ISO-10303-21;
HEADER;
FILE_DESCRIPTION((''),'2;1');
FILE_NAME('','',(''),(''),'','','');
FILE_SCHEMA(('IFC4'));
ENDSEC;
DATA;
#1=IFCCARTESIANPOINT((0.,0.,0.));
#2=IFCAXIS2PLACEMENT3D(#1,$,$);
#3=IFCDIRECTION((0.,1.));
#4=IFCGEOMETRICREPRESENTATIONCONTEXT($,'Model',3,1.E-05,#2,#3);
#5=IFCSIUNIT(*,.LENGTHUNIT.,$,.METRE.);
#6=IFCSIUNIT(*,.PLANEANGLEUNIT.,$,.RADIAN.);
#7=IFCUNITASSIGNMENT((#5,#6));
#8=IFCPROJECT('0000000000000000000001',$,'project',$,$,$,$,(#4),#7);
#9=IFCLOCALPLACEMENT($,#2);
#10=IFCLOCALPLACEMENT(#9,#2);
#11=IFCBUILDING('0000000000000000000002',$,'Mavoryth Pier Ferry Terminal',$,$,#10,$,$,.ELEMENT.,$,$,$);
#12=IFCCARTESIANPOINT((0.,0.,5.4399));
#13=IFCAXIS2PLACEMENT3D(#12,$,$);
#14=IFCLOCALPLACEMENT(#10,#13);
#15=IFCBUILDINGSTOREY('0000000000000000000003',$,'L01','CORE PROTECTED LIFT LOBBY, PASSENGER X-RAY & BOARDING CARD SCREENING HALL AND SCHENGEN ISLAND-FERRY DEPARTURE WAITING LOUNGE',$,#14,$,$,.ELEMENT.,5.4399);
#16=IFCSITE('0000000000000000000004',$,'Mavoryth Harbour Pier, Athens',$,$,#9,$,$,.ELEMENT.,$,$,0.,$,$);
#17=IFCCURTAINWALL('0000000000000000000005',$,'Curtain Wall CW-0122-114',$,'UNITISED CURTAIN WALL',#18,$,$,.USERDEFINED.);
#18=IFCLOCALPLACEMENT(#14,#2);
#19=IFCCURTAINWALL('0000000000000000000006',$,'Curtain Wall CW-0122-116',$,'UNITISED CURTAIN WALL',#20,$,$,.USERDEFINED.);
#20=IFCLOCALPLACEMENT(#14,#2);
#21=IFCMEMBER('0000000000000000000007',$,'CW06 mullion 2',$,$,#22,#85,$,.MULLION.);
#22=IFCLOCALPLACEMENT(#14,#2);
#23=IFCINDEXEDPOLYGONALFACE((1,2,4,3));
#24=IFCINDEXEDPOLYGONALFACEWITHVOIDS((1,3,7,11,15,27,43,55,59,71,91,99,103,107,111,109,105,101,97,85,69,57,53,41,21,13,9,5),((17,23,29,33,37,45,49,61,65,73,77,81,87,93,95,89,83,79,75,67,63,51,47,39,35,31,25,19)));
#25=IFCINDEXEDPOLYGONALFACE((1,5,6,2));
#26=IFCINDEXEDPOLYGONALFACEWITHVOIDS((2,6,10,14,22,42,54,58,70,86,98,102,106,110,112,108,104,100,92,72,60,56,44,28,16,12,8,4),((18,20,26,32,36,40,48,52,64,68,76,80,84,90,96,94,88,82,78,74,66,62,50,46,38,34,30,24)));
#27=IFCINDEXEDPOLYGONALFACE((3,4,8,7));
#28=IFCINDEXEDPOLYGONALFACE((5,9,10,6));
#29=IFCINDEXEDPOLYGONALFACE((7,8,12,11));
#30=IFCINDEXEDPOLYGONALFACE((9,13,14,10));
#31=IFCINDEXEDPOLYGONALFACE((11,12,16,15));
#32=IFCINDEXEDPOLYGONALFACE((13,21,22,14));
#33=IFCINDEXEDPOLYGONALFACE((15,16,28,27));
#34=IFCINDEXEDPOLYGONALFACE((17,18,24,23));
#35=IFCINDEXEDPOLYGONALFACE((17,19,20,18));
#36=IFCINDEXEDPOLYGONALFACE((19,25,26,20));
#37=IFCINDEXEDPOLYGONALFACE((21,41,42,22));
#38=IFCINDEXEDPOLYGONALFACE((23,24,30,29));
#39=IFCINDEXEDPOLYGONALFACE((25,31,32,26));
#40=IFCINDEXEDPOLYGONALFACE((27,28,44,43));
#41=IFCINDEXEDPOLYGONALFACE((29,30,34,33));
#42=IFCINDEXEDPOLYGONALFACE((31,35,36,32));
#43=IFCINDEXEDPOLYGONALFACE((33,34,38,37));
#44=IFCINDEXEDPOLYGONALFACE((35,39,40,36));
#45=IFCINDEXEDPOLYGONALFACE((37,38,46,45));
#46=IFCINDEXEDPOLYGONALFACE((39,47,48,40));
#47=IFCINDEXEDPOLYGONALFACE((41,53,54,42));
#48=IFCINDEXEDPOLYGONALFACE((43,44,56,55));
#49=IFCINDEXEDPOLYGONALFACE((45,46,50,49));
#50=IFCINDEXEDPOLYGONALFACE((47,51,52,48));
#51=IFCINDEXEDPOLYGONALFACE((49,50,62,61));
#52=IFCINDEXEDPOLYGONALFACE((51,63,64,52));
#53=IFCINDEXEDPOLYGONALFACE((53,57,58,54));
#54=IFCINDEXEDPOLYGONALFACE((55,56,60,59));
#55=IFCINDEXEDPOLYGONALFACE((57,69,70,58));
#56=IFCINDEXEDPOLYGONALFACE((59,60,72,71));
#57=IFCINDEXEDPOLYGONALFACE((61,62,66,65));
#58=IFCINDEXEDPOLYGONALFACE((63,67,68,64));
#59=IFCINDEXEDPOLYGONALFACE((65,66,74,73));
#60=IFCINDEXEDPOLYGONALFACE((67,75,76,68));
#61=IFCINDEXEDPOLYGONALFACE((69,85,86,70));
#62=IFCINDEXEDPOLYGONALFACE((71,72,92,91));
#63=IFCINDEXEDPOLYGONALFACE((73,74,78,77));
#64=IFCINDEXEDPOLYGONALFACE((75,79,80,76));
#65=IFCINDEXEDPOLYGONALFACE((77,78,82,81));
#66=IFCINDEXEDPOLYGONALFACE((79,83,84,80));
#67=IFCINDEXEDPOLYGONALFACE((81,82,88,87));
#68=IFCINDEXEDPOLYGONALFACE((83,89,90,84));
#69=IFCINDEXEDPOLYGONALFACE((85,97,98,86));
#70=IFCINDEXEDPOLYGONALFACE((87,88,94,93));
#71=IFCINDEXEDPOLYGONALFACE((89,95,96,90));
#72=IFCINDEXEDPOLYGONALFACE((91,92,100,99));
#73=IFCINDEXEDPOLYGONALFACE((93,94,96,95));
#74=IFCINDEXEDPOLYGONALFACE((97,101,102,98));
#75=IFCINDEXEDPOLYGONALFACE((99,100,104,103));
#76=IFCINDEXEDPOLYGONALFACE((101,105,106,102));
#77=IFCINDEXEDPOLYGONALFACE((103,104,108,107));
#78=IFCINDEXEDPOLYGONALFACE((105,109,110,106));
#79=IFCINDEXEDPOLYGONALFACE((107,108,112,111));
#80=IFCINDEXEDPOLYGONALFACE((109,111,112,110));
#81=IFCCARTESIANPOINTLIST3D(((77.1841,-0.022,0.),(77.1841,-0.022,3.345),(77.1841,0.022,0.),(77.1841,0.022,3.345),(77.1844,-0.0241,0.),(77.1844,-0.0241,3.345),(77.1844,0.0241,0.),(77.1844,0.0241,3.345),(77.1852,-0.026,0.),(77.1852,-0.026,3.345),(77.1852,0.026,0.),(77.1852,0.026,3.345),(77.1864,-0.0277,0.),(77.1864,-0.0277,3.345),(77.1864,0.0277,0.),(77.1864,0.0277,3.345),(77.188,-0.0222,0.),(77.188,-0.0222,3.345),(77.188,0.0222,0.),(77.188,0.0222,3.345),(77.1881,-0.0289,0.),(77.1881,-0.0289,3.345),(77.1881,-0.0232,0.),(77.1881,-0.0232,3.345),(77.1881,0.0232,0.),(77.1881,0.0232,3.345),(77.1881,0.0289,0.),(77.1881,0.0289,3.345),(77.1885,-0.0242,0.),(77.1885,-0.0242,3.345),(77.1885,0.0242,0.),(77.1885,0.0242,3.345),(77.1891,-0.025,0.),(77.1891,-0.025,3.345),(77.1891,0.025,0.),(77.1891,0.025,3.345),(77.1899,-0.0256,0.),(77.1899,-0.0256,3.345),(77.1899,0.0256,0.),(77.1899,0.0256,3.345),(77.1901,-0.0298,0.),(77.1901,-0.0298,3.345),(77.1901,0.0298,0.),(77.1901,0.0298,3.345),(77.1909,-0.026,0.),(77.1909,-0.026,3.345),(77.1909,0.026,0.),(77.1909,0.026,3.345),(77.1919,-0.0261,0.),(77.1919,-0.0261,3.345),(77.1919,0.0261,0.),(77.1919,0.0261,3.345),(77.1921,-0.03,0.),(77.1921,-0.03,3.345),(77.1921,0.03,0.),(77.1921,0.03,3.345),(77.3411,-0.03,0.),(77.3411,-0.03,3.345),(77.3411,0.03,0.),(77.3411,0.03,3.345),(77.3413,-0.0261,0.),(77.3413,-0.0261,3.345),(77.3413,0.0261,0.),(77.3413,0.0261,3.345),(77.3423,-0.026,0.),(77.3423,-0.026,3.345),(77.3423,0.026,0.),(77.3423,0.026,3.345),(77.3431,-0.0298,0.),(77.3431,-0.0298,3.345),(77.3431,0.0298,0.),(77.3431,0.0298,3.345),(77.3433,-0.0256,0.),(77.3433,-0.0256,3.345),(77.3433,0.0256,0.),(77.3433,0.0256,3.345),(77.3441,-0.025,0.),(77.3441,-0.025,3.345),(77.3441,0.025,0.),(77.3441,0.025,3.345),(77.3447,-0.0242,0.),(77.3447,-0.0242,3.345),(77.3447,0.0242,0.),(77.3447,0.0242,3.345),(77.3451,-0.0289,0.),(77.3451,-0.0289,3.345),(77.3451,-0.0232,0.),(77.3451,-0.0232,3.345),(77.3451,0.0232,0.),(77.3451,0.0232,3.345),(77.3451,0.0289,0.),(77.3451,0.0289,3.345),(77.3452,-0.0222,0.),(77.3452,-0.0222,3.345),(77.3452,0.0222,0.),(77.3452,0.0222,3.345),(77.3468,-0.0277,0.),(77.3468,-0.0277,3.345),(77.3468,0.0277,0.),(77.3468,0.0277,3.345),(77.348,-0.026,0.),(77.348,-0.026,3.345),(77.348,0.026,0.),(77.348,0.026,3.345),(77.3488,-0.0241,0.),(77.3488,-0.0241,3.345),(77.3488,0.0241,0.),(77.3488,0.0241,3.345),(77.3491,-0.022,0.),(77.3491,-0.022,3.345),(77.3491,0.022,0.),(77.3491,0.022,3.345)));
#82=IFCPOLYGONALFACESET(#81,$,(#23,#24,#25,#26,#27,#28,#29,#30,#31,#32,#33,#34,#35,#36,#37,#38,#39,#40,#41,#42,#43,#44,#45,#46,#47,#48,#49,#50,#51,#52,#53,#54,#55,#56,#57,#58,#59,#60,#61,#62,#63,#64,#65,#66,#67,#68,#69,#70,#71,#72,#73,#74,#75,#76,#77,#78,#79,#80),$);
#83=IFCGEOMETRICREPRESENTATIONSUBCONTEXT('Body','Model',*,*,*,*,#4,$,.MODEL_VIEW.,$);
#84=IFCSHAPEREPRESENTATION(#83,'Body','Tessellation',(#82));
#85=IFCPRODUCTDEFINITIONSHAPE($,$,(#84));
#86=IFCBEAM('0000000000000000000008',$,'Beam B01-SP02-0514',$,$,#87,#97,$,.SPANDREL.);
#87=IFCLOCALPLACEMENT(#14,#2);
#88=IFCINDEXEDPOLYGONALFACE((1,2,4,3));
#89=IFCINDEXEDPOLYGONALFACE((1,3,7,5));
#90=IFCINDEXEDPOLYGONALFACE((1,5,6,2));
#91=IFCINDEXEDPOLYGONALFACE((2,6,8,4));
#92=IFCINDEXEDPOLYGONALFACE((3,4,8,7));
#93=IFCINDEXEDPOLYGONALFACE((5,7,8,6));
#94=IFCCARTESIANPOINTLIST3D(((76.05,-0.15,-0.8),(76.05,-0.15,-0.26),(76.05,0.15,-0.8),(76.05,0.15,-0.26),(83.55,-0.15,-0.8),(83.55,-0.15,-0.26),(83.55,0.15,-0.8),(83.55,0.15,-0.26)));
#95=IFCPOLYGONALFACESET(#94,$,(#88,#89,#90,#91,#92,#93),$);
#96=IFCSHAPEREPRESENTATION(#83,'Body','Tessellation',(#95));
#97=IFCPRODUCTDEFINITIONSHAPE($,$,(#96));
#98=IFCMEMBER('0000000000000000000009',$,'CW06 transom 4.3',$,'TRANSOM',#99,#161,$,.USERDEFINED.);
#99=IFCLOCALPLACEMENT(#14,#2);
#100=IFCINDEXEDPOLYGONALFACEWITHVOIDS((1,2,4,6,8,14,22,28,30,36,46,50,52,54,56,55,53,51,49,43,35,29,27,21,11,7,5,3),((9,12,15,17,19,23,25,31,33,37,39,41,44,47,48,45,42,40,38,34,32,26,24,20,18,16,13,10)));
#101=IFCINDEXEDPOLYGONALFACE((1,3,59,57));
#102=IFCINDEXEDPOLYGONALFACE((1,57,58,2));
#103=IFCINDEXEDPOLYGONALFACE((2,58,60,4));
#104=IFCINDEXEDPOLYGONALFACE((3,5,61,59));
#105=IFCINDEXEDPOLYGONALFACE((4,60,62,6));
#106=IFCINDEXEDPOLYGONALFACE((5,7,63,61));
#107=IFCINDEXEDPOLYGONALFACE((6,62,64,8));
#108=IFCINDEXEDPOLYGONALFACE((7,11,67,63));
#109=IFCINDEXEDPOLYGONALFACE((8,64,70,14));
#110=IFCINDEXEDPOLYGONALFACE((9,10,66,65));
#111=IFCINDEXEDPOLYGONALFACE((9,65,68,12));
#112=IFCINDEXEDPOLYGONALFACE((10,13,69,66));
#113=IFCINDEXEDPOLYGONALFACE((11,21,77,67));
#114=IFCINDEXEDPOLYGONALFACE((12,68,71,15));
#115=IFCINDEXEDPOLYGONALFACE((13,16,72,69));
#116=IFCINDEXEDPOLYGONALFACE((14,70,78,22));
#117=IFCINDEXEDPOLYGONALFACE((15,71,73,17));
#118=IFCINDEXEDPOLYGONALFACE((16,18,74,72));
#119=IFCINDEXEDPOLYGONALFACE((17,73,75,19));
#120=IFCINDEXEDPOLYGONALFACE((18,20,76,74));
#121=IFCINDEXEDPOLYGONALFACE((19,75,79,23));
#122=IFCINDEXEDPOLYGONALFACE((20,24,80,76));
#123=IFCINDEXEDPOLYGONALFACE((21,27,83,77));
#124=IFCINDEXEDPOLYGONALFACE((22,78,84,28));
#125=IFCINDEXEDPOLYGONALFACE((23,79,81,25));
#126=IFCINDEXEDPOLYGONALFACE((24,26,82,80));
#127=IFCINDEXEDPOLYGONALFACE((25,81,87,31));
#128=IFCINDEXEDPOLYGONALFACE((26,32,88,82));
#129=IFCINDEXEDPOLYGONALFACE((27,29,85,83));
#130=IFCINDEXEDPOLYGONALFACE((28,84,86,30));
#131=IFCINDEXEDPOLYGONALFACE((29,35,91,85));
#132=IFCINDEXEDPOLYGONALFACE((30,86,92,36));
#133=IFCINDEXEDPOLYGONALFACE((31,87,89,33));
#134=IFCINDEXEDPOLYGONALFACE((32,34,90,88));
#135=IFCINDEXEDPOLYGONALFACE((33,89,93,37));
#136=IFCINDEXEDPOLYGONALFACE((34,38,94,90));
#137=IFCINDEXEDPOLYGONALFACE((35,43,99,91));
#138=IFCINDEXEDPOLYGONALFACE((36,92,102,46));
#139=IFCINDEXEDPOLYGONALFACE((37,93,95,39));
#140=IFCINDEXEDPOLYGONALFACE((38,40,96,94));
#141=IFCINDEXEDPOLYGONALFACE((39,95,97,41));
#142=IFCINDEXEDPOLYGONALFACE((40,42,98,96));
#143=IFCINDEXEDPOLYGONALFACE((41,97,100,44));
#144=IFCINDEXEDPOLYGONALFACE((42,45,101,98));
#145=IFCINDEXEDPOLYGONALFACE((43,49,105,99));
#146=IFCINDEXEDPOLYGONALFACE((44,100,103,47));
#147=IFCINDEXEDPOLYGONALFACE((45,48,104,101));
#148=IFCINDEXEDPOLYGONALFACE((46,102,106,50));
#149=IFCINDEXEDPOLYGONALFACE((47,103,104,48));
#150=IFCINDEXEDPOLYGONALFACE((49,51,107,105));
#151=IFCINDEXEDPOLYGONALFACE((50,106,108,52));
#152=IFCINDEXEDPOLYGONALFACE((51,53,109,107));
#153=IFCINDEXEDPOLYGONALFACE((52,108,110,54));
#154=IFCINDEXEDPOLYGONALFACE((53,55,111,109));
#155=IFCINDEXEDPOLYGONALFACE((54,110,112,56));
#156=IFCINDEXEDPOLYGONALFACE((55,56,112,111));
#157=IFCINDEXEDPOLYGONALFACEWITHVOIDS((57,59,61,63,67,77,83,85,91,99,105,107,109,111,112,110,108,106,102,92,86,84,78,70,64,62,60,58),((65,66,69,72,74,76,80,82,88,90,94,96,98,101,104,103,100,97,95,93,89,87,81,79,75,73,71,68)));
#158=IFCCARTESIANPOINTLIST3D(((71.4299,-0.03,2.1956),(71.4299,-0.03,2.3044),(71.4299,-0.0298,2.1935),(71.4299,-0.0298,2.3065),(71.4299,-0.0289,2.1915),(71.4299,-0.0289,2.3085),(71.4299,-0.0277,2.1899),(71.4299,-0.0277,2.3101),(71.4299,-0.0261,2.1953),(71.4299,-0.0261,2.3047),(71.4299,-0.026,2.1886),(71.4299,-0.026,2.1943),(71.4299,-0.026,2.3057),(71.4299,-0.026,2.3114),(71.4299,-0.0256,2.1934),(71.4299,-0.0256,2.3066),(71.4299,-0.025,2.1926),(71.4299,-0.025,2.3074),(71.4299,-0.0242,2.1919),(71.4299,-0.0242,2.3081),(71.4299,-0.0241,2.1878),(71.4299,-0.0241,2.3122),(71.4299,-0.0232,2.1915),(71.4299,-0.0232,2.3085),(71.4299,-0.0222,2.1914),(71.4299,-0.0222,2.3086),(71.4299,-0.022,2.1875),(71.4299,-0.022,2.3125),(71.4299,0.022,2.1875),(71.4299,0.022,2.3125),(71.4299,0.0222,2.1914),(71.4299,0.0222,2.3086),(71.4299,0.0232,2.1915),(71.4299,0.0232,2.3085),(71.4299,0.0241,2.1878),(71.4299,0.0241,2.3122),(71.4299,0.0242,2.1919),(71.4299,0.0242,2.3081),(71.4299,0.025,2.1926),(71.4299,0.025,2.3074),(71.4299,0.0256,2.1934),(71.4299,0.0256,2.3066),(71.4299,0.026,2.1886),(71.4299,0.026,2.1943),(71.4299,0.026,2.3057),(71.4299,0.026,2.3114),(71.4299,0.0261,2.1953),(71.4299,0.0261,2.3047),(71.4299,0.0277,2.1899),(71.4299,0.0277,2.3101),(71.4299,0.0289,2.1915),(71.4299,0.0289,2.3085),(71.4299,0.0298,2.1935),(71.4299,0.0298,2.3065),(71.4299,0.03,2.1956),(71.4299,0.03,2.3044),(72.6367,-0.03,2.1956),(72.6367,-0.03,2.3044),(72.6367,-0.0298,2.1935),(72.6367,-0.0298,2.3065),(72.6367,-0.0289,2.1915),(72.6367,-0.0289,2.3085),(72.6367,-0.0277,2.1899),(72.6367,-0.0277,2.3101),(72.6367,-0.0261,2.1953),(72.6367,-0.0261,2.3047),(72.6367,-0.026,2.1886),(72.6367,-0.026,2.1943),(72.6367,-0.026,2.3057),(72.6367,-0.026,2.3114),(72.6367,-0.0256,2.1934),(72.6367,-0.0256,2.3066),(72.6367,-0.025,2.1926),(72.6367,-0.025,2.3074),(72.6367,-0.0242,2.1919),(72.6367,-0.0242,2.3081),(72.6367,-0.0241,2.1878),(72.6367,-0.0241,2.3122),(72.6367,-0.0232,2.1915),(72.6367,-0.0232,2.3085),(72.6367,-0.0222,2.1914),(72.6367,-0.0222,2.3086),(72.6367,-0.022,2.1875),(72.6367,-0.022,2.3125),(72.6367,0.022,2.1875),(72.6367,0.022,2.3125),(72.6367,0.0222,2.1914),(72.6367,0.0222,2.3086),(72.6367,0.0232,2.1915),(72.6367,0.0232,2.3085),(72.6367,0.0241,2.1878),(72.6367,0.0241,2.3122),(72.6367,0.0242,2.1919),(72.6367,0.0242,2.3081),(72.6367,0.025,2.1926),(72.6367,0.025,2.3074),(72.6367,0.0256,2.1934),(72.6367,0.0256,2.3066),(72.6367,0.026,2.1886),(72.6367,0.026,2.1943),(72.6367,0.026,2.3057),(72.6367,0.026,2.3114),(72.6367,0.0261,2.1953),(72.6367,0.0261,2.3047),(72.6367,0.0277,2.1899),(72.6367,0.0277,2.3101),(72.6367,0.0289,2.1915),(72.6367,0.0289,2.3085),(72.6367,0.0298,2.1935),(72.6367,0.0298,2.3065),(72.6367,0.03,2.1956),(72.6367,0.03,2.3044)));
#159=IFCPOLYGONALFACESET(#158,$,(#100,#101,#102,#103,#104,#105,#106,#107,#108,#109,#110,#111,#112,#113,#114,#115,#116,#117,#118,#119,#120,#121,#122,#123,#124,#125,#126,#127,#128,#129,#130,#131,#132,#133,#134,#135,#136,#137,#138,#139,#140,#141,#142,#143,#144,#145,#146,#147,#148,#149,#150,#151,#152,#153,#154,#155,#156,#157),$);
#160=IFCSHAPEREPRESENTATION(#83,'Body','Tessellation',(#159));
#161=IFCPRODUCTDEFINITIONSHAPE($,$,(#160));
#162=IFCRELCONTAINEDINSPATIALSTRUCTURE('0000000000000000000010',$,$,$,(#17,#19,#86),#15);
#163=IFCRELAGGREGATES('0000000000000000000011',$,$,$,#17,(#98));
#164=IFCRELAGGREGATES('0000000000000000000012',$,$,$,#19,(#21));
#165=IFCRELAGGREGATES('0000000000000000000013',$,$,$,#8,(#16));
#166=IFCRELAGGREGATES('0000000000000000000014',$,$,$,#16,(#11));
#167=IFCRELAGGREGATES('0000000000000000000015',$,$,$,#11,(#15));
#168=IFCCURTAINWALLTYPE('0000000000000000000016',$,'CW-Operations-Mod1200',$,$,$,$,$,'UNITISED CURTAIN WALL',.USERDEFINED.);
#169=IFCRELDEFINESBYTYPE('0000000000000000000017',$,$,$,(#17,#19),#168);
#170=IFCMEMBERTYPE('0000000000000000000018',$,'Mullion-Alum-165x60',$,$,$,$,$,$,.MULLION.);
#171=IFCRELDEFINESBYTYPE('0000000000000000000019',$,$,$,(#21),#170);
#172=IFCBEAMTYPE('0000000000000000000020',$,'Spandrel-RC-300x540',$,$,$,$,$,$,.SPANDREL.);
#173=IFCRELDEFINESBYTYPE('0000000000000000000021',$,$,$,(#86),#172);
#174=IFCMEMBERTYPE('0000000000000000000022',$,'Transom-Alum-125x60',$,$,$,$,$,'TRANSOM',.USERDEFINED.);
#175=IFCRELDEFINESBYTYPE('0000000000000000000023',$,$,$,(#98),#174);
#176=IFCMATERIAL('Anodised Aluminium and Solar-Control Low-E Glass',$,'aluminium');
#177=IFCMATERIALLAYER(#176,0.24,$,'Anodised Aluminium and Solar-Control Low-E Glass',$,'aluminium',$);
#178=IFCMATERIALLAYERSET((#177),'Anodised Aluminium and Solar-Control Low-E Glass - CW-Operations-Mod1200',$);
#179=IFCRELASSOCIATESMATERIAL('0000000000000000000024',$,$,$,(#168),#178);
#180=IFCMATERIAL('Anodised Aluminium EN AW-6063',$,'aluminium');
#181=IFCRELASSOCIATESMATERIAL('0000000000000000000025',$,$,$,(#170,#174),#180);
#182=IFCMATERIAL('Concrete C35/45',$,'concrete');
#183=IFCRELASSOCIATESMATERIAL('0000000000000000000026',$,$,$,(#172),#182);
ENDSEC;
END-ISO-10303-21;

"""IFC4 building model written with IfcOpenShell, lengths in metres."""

from ifc_helpers import new_model, si_unit, direction, frame, origin, origin_2d, place, context, subcontext, project, spatial, rectangle, hollow_rectangle, extrude, material, layer, layer_set, material_profile, profile_set, type_object, element, aggregate, save


model = new_model("IFC4")

# Units and contexts
model_context = context("Model", 3, precision=1e-05, world=origin(), true_north=direction((0.0, 1.0)))
body_context = subcontext(model_context, "Body", "Model", "MODEL_VIEW")
ifc_project = project(units=[si_unit("LENGTHUNIT", "METRE"), si_unit("PLANEANGLEUNIT", "RADIAN")], contexts=[model_context])

# Site, building, storey
site_placement = place(None, origin())
site = spatial("IfcSite", under=ifc_project, at=site_placement, Name="Mavoryth Harbour Pier, Athens", CompositionType="ELEMENT", RefElevation=0.0)
building_placement = place(site_placement, origin())
building = spatial("IfcBuilding", under=site, at=building_placement, Name="Mavoryth Pier Ferry Terminal", CompositionType="ELEMENT")
storey_placement = place(building_placement, frame((0.0, 0.0, 5.4399)))
storey = spatial("IfcBuildingStorey", under=building, at=storey_placement, Name="L01", Description="CORE PROTECTED LIFT LOBBY, PASSENGER X-RAY & BOARDING CARD SCREENING HALL AND SCHENGEN ISLAND-FERRY DEPARTURE WAITING LOUNGE", CompositionType="ELEMENT", Elevation=5.4399)

# Curtain walls, member
ifc_material_1 = material(Name="Anodised Aluminium and Solar-Control Low-E Glass", Category="aluminium")
ifc_layer_1 = layer(ifc_material_1, 0.24, Name="Anodised Aluminium and Solar-Control Low-E Glass", Category="aluminium")
ifc_layer_set_1 = layer_set([ifc_layer_1], Name="Anodised Aluminium and Solar-Control Low-E Glass - CW-Operations-Mod1200")
curtain_wall_type = type_object("IfcCurtainWallType", Name="CW-Operations-Mod1200", ElementType="UNITISED CURTAIN WALL", PredefinedType="USERDEFINED", material=ifc_layer_set_1)
curtain_wall_1_placement = place(storey_placement, origin())
curtain_wall_1 = element("IfcCurtainWall", 1, at=curtain_wall_1_placement, inside=storey, type_object=curtain_wall_type, Name="Curtain Wall CW-0122-114", ObjectType="UNITISED CURTAIN WALL", PredefinedType="USERDEFINED")
ifc_material_2 = material(Name="Anodised Aluminium EN AW-6063", Category="aluminium")
ifc_material_profile_1 = material_profile(ifc_material_2, hollow_rectangle(XDim=0.0601, YDim=0.165, WallThickness=0.0039, InnerFilletRadius=0.0039, OuterFilletRadius=0.0081, at=origin_2d()), Name="AL-MULL 165x60x4", Category="aluminium")
ifc_profile_set_1 = profile_set([ifc_material_profile_1], Name="Anodised Aluminium EN AW-6063 - AL-MULL 165x60x4")
member_type_1 = type_object("IfcMemberType", Name="Mullion-Alum-165x60", PredefinedType="MULLION", material=ifc_profile_set_1)
curtain_wall_2_placement = place(storey_placement, origin())
curtain_wall_2 = element("IfcCurtainWall", 2, at=curtain_wall_2_placement, inside=storey, type_object=curtain_wall_type, Name="Curtain Wall CW-0122-116", ObjectType="UNITISED CURTAIN WALL", PredefinedType="USERDEFINED")
member_1_placement = place(storey_placement, frame((77.2666, 0.0, 0.0), z_axis=(0.0, 0.0, 1.0), x_axis=(0.0, 1.0, 0.0)))
member_1 = element("IfcMember", 3, at=member_1_placement, type_object=member_type_1, Name="CW06 mullion 2", PredefinedType="MULLION", context=body_context, shape_type="SweptSolid", body=[
    extrude(hollow_rectangle(XDim=0.0601, YDim=0.165, WallThickness=0.0039, InnerFilletRadius=0.0039, OuterFilletRadius=0.0081, at=origin_2d()), origin(), (0.0, 0.0, 1.0), 3.345),
])

# Beam
ifc_material_3 = material(Name="Concrete C35/45", Category="concrete")
ifc_material_profile_2 = material_profile(ifc_material_3, rectangle(XDim=0.3, YDim=0.54, at=origin_2d()), Name="RC 300x540", Category="concrete")
ifc_profile_set_2 = profile_set([ifc_material_profile_2], Name="Concrete C35/45 - RC 300x540")
beam_type = type_object("IfcBeamType", Name="Spandrel-RC-300x540", PredefinedType="SPANDREL", material=ifc_profile_set_2)
beam_placement = place(storey_placement, frame((76.05, 0.0, -0.53), z_axis=(1.0, 0.0, 0.0), x_axis=(0.0, 1.0, 0.0)))
element("IfcBeam", 4, at=beam_placement, inside=storey, type_object=beam_type, Name="Beam B01-SP02-0514", PredefinedType="SPANDREL", context=body_context, shape_type="SweptSolid", body=[
    extrude(rectangle(XDim=0.3, YDim=0.54, at=origin_2d()), origin(), (0.0, 0.0, 1.0), 7.5),
])

# Member
ifc_material_profile_3 = material_profile(ifc_material_2, hollow_rectangle(XDim=0.0601, YDim=0.125, WallThickness=0.0039, InnerFilletRadius=0.0039, OuterFilletRadius=0.0081, at=origin_2d()), Name="AL-TRAN 125x60x4", Category="aluminium")
ifc_profile_set_3 = profile_set([ifc_material_profile_3], Name="Anodised Aluminium EN AW-6063 - AL-TRAN 125x60x4")
member_type_2 = type_object("IfcMemberType", Name="Transom-Alum-125x60", ElementType="TRANSOM", PredefinedType="USERDEFINED", material=ifc_profile_set_3)
member_2_placement = place(storey_placement, frame((71.4299, 0.0, 2.25), z_axis=(1.0, 0.0, 0.0), x_axis=(0.0, 1.0, 0.0)))
member_2 = element("IfcMember", 5, at=member_2_placement, type_object=member_type_2, Name="CW06 transom 4.3", ObjectType="TRANSOM", PredefinedType="USERDEFINED", context=body_context, shape_type="SweptSolid", body=[
    extrude(hollow_rectangle(XDim=0.0601, YDim=0.125, WallThickness=0.0039, InnerFilletRadius=0.0039, OuterFilletRadius=0.0081, at=origin_2d()), origin(), (0.0, 0.0, 1.0), 1.2068),
])

aggregate(curtain_wall_1, [member_2])
aggregate(curtain_wall_2, [member_1])

save(model, "model.ifc")
